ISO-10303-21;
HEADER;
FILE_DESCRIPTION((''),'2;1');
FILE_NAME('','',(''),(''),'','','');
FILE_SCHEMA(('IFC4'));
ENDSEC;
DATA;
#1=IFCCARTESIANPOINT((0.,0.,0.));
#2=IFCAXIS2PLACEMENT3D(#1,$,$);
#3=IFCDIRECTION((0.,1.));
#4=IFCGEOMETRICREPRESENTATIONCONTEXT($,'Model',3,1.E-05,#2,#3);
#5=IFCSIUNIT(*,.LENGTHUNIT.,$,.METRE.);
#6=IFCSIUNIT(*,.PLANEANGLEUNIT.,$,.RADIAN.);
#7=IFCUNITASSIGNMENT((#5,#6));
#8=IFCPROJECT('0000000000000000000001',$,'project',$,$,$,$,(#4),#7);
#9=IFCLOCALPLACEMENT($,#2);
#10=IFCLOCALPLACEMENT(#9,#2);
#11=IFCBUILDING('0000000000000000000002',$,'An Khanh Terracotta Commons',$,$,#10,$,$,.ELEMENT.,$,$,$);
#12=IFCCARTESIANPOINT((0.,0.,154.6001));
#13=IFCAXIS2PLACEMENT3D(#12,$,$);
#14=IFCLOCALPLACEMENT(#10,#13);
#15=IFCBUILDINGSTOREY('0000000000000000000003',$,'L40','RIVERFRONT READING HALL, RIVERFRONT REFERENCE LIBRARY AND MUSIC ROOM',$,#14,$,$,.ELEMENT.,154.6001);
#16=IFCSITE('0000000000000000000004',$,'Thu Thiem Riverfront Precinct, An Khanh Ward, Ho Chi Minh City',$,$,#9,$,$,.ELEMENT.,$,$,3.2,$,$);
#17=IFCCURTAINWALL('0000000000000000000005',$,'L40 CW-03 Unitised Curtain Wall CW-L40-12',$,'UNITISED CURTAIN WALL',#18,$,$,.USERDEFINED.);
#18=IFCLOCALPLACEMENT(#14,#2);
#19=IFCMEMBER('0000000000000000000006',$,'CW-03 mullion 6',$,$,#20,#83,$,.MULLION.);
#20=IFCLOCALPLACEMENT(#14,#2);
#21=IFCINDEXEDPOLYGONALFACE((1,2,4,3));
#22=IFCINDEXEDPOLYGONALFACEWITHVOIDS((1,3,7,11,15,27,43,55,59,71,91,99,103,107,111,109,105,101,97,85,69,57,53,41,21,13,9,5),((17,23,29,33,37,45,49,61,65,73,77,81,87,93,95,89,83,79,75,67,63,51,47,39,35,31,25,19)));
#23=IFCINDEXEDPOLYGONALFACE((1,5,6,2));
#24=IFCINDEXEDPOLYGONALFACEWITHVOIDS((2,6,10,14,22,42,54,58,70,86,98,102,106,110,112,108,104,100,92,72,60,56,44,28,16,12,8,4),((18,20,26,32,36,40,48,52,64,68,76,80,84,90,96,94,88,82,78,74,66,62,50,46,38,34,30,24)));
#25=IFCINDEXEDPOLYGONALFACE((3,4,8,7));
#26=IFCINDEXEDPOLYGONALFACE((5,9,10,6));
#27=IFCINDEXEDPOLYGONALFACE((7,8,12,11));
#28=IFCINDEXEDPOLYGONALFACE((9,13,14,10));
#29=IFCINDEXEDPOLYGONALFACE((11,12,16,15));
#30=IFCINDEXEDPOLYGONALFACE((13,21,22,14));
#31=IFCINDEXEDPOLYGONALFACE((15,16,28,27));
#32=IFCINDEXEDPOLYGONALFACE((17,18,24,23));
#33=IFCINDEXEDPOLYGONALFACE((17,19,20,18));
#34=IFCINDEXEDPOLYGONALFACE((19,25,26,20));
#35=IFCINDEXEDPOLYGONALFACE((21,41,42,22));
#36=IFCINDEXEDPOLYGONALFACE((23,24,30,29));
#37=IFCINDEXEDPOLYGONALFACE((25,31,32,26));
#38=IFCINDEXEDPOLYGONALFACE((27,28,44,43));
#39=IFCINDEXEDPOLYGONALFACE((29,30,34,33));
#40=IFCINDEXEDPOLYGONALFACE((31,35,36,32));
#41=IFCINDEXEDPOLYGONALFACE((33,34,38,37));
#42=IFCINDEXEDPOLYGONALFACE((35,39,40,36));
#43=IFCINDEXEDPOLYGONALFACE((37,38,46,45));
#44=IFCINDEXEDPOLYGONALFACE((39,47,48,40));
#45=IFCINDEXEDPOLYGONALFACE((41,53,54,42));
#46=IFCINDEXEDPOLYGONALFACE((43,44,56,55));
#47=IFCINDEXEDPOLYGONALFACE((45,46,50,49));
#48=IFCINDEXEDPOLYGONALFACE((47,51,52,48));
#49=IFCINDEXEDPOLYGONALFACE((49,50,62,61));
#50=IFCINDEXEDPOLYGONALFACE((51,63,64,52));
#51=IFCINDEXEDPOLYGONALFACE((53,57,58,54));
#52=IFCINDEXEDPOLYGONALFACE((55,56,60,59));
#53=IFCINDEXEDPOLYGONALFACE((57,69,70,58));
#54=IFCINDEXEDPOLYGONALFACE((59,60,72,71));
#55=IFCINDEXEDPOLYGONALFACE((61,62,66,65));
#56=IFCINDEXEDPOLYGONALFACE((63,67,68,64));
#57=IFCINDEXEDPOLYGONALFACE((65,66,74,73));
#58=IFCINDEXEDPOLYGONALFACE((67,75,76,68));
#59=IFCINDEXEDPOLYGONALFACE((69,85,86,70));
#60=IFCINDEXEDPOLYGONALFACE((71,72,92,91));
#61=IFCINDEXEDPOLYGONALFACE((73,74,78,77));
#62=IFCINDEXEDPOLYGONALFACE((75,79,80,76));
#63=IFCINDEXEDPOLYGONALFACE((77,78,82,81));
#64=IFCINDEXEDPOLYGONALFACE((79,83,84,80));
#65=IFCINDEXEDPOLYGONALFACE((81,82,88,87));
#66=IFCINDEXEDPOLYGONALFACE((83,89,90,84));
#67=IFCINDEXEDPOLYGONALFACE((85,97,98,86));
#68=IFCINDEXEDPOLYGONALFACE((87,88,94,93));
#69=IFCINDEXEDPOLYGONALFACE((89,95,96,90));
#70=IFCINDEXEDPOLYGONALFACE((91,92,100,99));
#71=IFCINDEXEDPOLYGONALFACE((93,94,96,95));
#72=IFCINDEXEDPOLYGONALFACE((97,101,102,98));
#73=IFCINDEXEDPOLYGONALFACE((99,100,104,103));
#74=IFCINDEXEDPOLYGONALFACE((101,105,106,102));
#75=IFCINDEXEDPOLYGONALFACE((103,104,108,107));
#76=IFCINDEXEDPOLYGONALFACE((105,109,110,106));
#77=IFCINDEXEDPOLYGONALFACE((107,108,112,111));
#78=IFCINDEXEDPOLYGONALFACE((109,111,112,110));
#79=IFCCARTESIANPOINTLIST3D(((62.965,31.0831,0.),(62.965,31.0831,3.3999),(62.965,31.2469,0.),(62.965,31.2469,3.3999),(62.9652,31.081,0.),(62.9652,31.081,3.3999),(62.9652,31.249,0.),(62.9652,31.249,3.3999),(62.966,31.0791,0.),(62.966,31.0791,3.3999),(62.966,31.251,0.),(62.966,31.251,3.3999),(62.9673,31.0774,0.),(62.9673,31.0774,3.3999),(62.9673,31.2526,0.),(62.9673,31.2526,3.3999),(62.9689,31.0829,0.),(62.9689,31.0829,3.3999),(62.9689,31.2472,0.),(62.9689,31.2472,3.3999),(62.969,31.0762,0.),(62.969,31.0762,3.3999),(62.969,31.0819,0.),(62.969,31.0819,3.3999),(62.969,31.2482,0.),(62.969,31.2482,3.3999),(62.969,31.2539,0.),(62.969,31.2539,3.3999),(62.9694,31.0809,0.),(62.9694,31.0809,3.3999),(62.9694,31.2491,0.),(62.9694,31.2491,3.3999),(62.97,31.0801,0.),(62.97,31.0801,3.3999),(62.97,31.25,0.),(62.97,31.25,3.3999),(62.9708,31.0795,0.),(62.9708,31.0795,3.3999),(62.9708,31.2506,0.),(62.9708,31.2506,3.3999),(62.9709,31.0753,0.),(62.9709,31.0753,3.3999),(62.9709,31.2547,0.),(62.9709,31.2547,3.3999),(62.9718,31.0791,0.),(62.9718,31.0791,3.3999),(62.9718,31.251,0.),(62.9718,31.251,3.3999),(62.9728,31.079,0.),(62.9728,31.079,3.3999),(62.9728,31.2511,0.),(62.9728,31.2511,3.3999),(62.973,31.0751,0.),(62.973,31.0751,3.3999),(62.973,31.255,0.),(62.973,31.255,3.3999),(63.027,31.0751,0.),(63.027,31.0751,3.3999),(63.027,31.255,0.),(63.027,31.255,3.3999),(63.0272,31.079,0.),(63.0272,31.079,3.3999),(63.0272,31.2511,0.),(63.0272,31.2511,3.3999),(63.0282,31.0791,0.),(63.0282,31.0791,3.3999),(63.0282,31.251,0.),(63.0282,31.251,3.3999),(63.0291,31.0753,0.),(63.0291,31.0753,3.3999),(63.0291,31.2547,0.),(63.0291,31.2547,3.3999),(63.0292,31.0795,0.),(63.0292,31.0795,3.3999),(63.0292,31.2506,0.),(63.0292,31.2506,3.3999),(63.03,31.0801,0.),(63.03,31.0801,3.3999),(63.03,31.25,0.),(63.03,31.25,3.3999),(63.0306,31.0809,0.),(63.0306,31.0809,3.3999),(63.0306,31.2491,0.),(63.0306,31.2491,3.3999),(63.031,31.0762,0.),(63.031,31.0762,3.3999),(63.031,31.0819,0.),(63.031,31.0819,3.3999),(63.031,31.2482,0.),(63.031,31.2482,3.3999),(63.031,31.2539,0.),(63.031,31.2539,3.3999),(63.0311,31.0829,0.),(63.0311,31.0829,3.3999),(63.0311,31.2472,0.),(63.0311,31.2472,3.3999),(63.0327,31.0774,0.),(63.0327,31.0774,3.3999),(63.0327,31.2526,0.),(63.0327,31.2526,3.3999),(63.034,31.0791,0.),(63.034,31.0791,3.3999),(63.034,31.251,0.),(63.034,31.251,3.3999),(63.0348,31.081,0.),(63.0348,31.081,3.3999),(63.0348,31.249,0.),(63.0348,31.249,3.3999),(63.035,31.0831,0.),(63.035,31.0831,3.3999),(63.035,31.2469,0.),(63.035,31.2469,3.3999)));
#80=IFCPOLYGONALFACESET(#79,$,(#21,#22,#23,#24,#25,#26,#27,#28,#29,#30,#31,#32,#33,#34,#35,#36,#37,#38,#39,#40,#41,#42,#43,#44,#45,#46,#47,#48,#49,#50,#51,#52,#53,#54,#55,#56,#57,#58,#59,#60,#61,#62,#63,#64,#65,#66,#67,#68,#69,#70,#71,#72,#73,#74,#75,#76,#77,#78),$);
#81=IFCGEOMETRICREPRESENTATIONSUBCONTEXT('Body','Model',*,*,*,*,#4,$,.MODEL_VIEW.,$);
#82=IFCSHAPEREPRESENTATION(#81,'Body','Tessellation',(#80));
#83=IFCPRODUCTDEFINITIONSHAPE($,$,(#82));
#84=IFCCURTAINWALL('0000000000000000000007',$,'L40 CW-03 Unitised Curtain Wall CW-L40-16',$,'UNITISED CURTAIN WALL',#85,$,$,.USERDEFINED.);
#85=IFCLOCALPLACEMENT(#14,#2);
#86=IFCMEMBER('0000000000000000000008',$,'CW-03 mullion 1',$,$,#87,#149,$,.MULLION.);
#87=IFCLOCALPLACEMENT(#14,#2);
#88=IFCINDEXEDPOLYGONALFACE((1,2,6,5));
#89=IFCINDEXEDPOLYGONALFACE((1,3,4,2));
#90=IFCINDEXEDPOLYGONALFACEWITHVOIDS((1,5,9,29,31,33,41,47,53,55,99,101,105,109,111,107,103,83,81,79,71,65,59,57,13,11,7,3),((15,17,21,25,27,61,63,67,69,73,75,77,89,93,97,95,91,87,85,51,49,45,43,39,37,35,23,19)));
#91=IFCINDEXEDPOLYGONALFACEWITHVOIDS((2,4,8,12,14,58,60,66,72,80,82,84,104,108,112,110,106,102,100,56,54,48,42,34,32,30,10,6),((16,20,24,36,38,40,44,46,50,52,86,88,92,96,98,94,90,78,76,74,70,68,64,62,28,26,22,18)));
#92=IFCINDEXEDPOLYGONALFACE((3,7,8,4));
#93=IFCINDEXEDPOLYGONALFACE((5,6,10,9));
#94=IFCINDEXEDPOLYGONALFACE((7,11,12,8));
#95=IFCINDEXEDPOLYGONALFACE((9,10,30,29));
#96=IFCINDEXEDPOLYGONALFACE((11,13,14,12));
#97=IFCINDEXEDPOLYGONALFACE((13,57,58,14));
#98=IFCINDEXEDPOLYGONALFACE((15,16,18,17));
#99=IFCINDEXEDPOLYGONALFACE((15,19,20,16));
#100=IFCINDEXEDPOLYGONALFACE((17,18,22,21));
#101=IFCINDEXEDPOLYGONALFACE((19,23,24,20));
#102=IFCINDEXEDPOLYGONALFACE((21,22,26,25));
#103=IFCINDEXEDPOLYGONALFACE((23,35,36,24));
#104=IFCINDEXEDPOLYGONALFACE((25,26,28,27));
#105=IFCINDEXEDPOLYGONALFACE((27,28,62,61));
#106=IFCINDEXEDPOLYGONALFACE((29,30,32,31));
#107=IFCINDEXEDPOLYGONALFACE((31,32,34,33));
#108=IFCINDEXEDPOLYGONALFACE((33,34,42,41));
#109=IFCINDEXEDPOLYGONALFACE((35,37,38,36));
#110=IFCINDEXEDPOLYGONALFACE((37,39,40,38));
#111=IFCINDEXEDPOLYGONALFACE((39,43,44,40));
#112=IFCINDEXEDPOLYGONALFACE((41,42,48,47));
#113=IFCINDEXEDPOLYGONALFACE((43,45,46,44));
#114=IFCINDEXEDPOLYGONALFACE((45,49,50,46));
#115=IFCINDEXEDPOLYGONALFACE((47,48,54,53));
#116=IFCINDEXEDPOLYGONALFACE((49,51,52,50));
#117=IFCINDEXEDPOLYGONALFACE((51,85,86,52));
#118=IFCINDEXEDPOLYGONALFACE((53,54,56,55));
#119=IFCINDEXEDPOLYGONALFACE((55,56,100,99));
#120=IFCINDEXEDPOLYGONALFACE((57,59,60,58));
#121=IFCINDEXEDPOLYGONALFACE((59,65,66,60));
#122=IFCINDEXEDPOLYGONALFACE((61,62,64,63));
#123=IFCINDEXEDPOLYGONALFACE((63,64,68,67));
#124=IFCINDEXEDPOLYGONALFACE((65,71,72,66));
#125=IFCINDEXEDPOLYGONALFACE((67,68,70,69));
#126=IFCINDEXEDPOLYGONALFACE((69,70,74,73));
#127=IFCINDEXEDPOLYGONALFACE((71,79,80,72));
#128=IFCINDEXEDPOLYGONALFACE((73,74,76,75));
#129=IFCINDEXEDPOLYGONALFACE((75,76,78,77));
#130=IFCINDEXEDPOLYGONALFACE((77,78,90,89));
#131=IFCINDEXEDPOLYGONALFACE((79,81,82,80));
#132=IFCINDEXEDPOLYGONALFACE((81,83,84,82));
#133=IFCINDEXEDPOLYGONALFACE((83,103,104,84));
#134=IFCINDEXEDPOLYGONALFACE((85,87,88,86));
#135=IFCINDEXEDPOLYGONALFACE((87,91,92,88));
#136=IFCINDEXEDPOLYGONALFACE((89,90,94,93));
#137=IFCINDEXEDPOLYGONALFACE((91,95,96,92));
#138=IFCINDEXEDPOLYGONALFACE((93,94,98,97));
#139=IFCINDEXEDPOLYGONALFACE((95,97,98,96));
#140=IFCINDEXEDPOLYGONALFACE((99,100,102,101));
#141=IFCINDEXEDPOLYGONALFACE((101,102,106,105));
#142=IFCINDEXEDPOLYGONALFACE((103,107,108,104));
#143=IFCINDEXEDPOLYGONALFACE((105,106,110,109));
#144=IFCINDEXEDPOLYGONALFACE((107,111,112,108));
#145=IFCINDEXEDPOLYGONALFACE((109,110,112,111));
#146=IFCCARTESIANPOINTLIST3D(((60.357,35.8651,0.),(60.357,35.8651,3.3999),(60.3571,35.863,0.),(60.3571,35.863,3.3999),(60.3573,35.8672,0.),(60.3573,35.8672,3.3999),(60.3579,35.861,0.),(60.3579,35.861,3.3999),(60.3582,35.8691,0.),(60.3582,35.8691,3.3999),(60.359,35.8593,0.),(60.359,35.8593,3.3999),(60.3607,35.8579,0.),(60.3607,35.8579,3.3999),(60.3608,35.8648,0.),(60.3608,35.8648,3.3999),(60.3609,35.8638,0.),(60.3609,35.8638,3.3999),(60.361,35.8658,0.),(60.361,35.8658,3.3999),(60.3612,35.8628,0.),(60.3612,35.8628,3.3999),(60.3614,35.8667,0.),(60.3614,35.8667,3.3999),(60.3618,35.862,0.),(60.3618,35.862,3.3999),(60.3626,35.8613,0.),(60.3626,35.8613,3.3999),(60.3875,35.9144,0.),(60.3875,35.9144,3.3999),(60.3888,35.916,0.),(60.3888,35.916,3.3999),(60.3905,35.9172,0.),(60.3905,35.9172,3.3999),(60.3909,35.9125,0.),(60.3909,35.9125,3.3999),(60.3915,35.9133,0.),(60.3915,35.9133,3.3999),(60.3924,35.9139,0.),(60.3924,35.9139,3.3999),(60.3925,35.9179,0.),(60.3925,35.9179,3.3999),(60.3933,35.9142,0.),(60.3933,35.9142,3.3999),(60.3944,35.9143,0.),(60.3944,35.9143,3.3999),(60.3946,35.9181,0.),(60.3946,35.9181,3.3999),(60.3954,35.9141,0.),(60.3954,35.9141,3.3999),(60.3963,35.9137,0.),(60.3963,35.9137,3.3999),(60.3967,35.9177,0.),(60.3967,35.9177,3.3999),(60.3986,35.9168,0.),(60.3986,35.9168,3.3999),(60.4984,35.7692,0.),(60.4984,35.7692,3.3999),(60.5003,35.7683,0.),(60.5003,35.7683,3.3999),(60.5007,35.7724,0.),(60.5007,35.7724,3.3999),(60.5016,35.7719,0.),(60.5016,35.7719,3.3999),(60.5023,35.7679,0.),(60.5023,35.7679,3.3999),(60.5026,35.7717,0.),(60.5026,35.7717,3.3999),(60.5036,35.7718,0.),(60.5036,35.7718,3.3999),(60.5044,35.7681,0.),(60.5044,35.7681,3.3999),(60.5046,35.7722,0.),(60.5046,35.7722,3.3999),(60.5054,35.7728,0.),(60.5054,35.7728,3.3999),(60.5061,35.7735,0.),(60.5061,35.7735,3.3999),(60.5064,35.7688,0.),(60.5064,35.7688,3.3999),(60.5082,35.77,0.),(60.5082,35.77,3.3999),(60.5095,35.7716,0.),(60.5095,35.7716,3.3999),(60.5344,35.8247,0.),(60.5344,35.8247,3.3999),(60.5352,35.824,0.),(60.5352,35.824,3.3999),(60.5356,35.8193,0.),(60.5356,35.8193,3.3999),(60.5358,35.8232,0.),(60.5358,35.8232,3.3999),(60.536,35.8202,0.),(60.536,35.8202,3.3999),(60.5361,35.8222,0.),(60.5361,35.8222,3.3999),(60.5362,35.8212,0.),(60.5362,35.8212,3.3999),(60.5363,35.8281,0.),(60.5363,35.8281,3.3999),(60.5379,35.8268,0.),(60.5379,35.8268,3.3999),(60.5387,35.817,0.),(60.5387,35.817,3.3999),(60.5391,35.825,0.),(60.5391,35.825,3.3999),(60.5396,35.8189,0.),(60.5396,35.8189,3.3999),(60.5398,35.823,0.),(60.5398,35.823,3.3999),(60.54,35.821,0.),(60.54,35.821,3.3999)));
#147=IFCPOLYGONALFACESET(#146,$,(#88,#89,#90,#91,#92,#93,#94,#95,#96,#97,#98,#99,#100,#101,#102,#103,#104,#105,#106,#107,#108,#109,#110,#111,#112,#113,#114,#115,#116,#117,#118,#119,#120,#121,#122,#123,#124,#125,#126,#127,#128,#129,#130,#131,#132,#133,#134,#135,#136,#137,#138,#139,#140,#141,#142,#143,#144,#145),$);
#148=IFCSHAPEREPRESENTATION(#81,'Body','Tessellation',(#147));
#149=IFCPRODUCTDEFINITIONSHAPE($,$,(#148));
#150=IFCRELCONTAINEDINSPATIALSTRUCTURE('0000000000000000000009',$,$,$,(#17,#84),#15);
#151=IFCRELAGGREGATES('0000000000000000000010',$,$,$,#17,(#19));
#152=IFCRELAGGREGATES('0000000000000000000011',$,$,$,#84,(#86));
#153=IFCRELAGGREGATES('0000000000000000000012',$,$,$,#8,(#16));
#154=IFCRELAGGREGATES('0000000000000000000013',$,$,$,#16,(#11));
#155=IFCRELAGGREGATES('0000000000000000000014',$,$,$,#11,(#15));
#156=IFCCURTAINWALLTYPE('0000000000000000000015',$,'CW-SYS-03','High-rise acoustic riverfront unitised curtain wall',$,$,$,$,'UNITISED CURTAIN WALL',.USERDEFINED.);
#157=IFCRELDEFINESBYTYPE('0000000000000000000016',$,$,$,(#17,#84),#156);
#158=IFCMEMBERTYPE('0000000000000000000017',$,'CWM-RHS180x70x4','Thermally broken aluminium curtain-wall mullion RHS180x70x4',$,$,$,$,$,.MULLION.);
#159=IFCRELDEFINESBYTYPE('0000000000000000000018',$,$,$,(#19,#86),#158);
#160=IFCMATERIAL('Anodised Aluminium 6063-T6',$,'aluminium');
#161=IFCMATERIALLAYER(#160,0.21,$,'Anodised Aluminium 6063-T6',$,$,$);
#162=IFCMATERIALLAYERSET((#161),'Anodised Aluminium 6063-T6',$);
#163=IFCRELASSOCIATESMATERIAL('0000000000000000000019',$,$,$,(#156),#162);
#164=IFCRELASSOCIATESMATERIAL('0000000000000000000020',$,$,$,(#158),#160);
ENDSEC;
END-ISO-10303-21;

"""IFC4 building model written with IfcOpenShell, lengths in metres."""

from ifc_helpers import new_model, si_unit, direction, frame, origin, origin_2d, place, context, subcontext, project, spatial, hollow_rectangle, extrude, material, layer, layer_set, material_profile, profile_set, type_object, element, aggregate, save


model = new_model("IFC4")

# Units and contexts
model_context = context("Model", 3, precision=1e-05, world=origin(), true_north=direction((0.0, 1.0)))
body_context = subcontext(model_context, "Body", "Model", "MODEL_VIEW")
ifc_project = project(units=[si_unit("LENGTHUNIT", "METRE"), si_unit("PLANEANGLEUNIT", "RADIAN")], contexts=[model_context])

# Site, building, storey
site_placement = place(None, origin())
site = spatial("IfcSite", under=ifc_project, at=site_placement, Name="Thu Thiem Riverfront Precinct, An Khanh Ward, Ho Chi Minh City", CompositionType="ELEMENT", RefElevation=3.2)
building_placement = place(site_placement, origin())
building = spatial("IfcBuilding", under=site, at=building_placement, Name="An Khanh Terracotta Commons", CompositionType="ELEMENT")
storey_placement = place(building_placement, frame((0.0, 0.0, 154.6001)))
storey = spatial("IfcBuildingStorey", under=building, at=storey_placement, Name="L40", Description="RIVERFRONT READING HALL, RIVERFRONT REFERENCE LIBRARY AND MUSIC ROOM", CompositionType="ELEMENT", Elevation=154.6001)

# Curtain walls, members
ifc_material_1 = material(Name="Anodised Aluminium 6063-T6", Category="aluminium")
ifc_layer_1 = layer(ifc_material_1, 0.21, Name="Anodised Aluminium 6063-T6")
ifc_layer_set_1 = layer_set([ifc_layer_1], Name="Anodised Aluminium 6063-T6")
curtain_wall_type = type_object("IfcCurtainWallType", Name="CW-SYS-03", Description="High-rise acoustic riverfront unitised curtain wall", ElementType="UNITISED CURTAIN WALL", PredefinedType="USERDEFINED", material=ifc_layer_set_1)
curtain_wall_1_placement = place(storey_placement, origin())
curtain_wall_1 = element("IfcCurtainWall", 1, at=curtain_wall_1_placement, inside=storey, type_object=curtain_wall_type, Name="L40 CW-03 Unitised Curtain Wall CW-L40-12", ObjectType="UNITISED CURTAIN WALL", PredefinedType="USERDEFINED")
ifc_material_profile_1 = material_profile(ifc_material_1, hollow_rectangle(XDim=0.0701, YDim=0.1799, WallThickness=0.0039, InnerFilletRadius=0.0039, OuterFilletRadius=0.0081, at=origin_2d()), Name="RHS180x70x4")
ifc_profile_set_1 = profile_set([ifc_material_profile_1], Name="Anodised Aluminium 6063-T6")
member_type_1 = type_object("IfcMemberType", Name="CWM-RHS180x70x4", Description="Thermally broken aluminium curtain-wall mullion RHS180x70x4", PredefinedType="MULLION", material=ifc_profile_set_1)
member_1_placement = place(storey_placement, frame((63.0, 31.165, 0.0), z_axis=(0.0, 0.0, 1.0), x_axis=(-1.0, 0.0, 0.0)))
member_1 = element("IfcMember", 2, at=member_1_placement, type_object=member_type_1, Name="CW-03 mullion 6", PredefinedType="MULLION", context=body_context, shape_type="SweptSolid", body=[
    extrude(hollow_rectangle(XDim=0.0701, YDim=0.1799, WallThickness=0.0039, InnerFilletRadius=0.0039, OuterFilletRadius=0.0081, at=origin_2d()), origin(), (0.0, 0.0, 1.0), 3.3999),
])
curtain_wall_2_placement = place(storey_placement, origin())
curtain_wall_2 = element("IfcCurtainWall", 3, at=curtain_wall_2_placement, inside=storey, type_object=curtain_wall_type, Name="L40 CW-03 Unitised Curtain Wall CW-L40-16", ObjectType="UNITISED CURTAIN WALL", PredefinedType="USERDEFINED")
member_2_placement = place(storey_placement, frame((60.4485, 35.843, 0.0), z_axis=(0.0, 0.0, 1.0), x_axis=(-0.541498, -0.840702, 0.0)))
member_2 = element("IfcMember", 4, at=member_2_placement, type_object=member_type_1, Name="CW-03 mullion 1", PredefinedType="MULLION", context=body_context, shape_type="SweptSolid", body=[
    extrude(hollow_rectangle(XDim=0.0701, YDim=0.1799, WallThickness=0.0039, InnerFilletRadius=0.0039, OuterFilletRadius=0.0081, at=origin_2d()), origin(), (0.0, 0.0, 1.0), 3.3999),
])

aggregate(curtain_wall_1, [member_1])
aggregate(curtain_wall_2, [member_2])

save(model, "model.ifc")
